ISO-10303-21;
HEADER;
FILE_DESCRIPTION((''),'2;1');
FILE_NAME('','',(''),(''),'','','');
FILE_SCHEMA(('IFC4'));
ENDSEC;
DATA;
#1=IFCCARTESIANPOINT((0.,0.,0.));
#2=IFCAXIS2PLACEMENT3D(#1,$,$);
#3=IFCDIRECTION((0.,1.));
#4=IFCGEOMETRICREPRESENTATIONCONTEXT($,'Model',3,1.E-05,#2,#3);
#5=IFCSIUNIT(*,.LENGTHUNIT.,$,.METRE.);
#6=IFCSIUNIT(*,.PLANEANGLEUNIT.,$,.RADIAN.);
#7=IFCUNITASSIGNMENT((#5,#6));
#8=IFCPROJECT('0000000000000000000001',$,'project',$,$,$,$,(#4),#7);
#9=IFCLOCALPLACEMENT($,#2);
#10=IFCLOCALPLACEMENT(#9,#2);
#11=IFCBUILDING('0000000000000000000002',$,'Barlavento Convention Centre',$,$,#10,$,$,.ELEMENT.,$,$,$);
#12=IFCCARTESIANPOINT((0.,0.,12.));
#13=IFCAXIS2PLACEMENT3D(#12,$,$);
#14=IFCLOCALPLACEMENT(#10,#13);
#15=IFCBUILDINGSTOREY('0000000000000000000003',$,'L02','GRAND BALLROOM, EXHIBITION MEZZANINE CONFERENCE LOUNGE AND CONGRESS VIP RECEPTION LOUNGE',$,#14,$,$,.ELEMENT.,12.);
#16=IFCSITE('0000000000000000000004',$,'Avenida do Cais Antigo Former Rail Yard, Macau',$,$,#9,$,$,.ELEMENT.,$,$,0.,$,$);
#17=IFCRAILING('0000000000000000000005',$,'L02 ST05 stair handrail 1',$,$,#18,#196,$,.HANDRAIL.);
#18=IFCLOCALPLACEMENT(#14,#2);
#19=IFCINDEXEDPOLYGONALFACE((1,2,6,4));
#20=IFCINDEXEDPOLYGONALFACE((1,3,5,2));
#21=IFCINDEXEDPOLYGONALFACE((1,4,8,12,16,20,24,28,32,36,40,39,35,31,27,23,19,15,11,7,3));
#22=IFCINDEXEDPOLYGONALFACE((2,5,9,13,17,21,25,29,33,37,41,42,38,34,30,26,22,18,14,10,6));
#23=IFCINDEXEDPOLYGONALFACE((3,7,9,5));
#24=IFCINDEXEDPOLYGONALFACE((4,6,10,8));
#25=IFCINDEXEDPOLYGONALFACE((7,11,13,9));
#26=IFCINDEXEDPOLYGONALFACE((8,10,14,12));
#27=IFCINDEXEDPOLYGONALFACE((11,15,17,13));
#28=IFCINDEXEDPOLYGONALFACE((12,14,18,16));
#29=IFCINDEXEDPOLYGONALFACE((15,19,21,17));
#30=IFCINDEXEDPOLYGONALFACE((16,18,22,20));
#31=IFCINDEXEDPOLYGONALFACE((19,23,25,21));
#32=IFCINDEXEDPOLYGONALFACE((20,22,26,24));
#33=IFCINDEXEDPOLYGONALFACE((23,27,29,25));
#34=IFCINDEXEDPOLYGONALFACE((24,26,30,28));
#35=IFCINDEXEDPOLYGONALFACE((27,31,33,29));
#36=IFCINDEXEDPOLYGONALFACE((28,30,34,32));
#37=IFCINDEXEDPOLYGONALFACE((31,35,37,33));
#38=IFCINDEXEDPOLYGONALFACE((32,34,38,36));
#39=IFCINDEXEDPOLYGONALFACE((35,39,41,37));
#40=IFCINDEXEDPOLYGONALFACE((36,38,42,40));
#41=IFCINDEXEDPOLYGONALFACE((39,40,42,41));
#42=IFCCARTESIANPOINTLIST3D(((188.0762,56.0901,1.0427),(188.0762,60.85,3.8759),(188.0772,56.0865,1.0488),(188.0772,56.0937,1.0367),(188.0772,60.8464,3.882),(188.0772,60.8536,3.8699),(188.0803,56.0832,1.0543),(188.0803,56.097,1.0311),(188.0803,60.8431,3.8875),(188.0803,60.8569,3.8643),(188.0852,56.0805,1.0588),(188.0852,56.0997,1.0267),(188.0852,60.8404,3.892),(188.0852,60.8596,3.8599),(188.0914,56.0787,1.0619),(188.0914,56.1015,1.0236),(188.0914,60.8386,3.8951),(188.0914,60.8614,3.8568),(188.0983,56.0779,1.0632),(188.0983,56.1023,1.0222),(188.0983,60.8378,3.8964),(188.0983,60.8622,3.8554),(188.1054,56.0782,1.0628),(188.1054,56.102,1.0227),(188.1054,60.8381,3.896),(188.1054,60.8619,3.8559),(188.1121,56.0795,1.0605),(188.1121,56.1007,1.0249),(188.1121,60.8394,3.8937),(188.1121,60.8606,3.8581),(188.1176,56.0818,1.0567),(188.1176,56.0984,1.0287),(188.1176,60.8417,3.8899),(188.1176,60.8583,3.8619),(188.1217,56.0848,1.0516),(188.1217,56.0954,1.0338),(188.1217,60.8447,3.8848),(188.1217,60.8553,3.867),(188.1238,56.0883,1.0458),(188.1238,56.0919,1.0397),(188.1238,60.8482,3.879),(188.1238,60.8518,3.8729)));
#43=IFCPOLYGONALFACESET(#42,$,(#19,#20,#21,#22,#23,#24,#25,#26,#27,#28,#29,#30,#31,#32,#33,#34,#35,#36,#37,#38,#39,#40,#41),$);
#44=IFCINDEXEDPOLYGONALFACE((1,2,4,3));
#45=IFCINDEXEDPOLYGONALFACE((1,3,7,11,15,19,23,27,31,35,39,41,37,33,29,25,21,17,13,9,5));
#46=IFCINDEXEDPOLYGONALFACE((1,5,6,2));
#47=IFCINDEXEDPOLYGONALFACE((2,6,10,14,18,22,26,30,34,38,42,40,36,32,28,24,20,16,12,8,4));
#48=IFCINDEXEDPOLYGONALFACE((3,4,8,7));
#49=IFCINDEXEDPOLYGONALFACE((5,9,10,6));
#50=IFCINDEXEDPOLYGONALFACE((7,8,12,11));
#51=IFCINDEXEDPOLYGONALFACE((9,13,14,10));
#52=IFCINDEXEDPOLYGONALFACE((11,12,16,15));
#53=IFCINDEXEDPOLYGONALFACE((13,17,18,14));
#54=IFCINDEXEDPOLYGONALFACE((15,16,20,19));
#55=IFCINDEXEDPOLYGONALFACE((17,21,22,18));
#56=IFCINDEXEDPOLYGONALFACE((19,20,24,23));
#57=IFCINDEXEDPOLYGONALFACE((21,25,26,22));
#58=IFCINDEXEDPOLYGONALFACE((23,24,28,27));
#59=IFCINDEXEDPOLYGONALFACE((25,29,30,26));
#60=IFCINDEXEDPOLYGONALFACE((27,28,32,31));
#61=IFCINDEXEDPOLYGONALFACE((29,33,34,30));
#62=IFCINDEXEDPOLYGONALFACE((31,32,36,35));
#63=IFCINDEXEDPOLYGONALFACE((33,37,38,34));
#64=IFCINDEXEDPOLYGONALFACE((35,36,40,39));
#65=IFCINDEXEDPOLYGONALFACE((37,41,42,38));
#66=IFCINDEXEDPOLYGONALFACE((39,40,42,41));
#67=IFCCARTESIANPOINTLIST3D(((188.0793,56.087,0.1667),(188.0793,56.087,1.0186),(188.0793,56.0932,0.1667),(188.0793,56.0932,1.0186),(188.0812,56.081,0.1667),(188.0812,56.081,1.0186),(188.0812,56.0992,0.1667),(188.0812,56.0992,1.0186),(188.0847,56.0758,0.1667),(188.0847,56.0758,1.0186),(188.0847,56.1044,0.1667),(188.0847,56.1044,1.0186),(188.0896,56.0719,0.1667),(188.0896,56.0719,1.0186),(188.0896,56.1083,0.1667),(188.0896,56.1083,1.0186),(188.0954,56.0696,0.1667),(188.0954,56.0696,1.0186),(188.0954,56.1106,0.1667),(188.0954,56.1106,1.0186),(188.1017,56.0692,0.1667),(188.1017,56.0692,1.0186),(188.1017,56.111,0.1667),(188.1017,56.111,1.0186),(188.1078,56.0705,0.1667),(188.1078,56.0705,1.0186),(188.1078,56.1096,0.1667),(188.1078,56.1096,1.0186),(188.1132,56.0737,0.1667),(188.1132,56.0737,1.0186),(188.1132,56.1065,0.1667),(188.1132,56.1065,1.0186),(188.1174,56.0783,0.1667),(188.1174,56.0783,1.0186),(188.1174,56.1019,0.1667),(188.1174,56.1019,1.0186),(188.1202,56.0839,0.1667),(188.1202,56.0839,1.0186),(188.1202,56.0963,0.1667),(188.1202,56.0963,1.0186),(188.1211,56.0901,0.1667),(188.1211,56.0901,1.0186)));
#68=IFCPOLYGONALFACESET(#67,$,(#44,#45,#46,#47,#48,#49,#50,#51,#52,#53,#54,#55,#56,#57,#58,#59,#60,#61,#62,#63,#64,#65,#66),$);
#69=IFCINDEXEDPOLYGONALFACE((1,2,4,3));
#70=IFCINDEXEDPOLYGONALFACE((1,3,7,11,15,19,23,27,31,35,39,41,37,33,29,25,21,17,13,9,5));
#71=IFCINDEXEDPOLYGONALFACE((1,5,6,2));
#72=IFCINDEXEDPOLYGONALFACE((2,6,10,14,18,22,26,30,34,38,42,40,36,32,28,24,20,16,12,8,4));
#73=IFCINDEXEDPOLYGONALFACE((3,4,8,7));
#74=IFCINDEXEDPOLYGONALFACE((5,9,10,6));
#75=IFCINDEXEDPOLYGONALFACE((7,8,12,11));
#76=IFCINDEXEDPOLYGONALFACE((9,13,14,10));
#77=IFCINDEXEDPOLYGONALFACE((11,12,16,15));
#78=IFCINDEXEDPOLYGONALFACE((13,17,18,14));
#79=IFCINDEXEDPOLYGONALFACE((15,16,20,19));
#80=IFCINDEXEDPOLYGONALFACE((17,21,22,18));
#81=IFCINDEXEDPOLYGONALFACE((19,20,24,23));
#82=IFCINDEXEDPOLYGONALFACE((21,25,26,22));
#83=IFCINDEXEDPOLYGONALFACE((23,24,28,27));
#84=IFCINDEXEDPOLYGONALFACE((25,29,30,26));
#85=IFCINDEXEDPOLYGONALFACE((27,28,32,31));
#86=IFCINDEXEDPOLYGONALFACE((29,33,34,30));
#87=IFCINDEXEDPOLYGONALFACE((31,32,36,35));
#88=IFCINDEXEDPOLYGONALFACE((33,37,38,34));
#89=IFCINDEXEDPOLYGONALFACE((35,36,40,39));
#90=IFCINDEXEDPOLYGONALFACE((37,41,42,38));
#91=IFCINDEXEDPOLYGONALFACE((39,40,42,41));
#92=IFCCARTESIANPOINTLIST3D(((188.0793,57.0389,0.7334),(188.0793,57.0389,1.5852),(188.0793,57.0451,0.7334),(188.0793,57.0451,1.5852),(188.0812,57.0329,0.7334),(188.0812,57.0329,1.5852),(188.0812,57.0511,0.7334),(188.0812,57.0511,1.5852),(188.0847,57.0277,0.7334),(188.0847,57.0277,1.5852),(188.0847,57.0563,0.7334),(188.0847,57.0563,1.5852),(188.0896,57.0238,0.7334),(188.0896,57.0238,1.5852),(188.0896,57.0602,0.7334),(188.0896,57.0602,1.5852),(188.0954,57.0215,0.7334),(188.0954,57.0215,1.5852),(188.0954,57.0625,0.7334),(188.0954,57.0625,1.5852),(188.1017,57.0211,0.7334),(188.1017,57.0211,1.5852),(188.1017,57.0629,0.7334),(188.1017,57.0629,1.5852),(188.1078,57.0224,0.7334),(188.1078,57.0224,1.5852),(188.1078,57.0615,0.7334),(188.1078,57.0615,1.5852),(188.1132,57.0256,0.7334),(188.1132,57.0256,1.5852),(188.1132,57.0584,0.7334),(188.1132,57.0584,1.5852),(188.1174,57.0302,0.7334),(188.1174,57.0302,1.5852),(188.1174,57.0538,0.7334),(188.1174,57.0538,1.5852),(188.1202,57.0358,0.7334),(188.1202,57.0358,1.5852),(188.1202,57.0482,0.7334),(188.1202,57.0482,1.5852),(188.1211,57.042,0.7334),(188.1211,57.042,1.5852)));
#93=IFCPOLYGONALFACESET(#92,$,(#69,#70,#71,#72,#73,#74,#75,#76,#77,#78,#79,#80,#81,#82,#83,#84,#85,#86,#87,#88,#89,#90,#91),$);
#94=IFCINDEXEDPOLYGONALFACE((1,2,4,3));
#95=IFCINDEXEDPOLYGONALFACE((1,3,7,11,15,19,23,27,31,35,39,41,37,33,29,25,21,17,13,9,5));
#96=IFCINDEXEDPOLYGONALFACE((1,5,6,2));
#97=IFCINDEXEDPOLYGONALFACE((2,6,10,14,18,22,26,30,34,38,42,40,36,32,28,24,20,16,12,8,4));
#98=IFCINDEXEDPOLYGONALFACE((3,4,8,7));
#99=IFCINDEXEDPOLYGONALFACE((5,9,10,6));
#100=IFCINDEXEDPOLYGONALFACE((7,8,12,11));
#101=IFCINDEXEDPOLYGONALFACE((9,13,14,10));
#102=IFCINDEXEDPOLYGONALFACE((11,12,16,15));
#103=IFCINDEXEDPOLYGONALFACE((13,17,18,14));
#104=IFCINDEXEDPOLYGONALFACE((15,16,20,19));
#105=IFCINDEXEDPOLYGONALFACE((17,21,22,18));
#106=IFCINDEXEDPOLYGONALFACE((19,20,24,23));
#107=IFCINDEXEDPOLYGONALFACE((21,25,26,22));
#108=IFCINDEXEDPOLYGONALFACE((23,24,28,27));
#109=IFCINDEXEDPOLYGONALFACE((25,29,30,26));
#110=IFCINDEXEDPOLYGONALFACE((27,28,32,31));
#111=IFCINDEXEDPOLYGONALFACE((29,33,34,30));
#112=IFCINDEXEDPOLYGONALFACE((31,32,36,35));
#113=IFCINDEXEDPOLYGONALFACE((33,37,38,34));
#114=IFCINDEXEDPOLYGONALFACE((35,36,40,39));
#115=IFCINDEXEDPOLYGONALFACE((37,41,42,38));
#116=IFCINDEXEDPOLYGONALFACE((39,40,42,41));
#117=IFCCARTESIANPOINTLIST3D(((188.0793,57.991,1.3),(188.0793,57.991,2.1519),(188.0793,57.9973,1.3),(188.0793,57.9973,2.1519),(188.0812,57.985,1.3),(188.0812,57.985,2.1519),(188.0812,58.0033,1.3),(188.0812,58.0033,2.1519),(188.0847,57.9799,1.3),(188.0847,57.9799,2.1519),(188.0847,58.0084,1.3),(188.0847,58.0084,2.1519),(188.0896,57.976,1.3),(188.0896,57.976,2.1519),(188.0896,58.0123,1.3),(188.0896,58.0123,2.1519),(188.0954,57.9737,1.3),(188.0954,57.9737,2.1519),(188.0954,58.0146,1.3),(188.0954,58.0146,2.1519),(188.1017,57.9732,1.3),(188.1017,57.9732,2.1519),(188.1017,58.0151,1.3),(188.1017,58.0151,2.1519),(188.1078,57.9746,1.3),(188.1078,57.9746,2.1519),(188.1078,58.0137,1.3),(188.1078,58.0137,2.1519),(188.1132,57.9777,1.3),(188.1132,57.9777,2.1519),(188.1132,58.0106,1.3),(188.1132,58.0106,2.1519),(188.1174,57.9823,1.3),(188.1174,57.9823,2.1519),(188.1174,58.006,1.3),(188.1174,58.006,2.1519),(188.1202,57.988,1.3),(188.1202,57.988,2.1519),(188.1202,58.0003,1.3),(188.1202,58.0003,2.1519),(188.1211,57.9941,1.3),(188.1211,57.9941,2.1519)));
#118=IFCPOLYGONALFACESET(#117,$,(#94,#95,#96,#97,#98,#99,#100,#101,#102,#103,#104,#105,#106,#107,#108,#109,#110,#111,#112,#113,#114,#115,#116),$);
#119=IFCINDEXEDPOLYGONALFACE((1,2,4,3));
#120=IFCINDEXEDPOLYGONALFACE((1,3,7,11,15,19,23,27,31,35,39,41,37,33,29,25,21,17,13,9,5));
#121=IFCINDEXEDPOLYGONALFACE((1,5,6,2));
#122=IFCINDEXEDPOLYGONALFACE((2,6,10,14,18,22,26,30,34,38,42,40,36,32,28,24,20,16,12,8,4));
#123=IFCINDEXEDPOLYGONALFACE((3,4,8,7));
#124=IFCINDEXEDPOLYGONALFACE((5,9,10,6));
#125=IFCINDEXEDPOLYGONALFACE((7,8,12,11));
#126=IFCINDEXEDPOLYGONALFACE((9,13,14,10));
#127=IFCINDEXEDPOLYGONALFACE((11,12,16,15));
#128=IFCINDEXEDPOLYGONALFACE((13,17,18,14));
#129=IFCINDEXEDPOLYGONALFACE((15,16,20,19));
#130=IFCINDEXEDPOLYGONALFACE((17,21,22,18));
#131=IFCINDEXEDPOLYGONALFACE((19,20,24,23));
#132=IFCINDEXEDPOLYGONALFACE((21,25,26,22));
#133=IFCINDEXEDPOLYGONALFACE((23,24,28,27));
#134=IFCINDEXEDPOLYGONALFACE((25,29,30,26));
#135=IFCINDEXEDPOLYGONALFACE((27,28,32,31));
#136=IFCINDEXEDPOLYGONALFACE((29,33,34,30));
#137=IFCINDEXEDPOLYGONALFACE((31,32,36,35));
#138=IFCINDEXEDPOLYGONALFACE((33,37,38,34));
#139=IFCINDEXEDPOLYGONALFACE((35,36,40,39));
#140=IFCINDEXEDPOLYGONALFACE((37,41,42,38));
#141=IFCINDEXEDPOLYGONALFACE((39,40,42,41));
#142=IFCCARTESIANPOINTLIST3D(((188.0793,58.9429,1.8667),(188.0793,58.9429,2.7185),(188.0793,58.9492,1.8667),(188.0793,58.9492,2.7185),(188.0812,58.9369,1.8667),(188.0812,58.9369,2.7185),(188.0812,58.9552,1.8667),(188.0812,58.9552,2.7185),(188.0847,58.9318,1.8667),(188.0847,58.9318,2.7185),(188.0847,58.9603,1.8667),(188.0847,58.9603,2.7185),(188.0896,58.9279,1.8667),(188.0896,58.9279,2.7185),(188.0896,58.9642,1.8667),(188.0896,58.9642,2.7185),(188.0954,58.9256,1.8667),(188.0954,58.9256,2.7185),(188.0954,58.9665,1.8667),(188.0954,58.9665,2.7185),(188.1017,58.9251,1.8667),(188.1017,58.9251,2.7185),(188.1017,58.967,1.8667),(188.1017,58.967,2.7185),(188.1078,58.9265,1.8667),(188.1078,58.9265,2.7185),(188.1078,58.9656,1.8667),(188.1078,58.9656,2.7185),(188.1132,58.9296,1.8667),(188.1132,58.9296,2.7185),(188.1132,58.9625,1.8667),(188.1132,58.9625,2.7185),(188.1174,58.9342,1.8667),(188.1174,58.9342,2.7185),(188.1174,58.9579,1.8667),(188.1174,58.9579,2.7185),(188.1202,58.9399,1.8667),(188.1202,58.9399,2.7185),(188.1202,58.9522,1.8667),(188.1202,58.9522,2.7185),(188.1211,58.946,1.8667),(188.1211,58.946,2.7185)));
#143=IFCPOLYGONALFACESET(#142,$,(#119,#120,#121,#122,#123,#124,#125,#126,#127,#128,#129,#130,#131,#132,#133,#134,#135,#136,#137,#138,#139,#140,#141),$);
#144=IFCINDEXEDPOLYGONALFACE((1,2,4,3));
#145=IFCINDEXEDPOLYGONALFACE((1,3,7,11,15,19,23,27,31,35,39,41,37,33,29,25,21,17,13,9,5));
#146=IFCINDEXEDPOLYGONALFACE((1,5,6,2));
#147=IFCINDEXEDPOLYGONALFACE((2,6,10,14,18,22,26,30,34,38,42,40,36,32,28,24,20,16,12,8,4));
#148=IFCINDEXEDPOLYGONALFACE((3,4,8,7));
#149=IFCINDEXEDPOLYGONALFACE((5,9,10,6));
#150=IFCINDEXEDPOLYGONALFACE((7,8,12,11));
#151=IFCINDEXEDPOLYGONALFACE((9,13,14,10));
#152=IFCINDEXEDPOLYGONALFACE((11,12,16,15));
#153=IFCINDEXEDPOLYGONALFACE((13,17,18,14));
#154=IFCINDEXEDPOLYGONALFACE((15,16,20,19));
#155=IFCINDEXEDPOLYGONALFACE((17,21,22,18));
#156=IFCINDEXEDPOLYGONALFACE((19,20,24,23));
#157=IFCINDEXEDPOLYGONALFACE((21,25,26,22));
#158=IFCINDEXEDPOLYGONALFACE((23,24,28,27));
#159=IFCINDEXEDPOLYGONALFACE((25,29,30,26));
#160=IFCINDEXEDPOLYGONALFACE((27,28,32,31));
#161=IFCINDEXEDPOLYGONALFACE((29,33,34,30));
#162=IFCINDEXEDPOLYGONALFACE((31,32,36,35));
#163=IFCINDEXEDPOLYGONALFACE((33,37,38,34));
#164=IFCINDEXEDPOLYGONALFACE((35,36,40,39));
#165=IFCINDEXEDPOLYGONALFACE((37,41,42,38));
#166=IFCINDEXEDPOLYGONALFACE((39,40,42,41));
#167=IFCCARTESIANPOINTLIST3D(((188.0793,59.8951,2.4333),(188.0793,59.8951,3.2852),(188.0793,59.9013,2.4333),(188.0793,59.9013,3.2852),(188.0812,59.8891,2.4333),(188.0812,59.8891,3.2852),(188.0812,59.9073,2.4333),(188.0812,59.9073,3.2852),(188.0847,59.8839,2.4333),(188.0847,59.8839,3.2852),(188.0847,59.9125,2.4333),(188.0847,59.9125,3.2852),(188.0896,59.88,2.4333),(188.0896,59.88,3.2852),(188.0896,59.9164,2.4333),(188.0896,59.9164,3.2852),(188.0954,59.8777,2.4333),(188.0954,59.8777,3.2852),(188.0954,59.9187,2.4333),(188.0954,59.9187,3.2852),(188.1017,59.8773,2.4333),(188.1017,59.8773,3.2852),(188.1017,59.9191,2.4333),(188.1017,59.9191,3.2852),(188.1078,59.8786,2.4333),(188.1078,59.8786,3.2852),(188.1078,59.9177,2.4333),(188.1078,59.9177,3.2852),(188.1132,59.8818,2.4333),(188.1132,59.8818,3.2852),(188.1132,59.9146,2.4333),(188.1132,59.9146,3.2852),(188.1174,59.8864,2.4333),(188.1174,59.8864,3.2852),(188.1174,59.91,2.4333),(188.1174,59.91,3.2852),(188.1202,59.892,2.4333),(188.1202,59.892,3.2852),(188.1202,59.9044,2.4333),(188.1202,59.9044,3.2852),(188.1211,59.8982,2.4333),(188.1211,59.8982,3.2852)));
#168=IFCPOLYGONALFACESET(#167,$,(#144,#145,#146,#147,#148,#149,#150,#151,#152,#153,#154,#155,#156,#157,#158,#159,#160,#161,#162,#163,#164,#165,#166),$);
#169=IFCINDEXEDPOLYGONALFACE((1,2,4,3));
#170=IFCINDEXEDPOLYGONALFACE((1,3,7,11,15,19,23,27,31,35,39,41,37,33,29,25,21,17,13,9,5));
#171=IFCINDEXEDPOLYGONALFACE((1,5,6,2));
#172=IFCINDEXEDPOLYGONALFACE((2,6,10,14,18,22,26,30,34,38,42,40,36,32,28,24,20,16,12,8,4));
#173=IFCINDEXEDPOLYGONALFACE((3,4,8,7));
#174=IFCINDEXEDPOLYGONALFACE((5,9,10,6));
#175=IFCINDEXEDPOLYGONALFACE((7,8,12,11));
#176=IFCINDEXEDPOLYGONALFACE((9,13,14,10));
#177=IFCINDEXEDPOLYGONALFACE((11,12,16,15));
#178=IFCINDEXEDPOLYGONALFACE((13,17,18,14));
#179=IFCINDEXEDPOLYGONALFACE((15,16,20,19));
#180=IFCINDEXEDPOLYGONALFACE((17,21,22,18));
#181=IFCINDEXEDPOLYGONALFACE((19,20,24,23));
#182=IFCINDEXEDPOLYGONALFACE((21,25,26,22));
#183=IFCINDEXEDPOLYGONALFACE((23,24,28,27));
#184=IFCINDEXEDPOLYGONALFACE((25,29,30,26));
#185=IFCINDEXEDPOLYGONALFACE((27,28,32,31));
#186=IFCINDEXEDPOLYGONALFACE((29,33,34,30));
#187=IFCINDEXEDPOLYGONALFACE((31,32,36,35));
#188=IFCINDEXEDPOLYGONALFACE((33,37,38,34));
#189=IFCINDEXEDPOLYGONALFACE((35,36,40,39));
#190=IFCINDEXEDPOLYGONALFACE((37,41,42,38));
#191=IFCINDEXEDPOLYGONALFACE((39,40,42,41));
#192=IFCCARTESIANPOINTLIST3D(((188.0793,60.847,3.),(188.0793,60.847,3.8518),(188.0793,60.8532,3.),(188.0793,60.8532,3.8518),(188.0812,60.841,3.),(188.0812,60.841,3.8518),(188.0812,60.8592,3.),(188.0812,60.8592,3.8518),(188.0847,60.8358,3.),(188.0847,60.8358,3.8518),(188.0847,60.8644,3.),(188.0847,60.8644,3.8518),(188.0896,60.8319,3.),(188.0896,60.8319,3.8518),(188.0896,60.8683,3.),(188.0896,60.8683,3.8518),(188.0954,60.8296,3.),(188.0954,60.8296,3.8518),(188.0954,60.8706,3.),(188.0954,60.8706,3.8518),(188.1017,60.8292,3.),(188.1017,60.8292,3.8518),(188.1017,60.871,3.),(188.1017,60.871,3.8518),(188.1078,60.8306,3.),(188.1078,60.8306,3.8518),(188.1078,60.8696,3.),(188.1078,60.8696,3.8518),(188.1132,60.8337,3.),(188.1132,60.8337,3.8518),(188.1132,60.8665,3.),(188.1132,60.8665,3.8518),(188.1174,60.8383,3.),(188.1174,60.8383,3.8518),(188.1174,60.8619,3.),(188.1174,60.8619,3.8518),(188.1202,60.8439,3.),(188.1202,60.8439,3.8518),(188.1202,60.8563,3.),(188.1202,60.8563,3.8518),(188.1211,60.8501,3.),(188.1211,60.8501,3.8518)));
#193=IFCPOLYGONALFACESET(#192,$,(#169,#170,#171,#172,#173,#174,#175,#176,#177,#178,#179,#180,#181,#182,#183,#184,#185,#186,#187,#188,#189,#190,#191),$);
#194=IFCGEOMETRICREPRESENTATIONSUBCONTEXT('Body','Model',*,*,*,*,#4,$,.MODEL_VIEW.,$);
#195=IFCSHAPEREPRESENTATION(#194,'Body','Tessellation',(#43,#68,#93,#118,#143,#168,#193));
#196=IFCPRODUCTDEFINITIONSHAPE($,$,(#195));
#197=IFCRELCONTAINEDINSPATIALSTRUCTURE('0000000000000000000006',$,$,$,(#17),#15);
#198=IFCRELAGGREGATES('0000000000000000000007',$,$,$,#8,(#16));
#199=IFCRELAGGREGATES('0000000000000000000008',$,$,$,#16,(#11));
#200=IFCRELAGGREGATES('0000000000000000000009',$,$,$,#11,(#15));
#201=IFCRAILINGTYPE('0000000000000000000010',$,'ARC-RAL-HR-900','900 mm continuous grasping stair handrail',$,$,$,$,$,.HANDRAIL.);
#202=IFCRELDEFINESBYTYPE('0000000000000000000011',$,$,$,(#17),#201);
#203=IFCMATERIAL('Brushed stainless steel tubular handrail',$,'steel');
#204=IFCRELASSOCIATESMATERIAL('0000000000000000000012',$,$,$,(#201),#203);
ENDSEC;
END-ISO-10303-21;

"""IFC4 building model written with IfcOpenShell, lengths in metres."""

from ifc_helpers import new_model, si_unit, direction, frame, origin, origin_2d, place, context, subcontext, project, spatial, circle, extrude, material, type_object, element, save


model = new_model("IFC4")

# Units and contexts
model_context = context("Model", 3, precision=1e-05, world=origin(), true_north=direction((0.0, 1.0)))
body_context = subcontext(model_context, "Body", "Model", "MODEL_VIEW")
ifc_project = project(units=[si_unit("LENGTHUNIT", "METRE"), si_unit("PLANEANGLEUNIT", "RADIAN")], contexts=[model_context])

# Site, building, storey
site_placement = place(None, origin())
site = spatial("IfcSite", under=ifc_project, at=site_placement, Name="Avenida do Cais Antigo Former Rail Yard, Macau", CompositionType="ELEMENT", RefElevation=0.0)
building_placement = place(site_placement, origin())
building = spatial("IfcBuilding", under=site, at=building_placement, Name="Barlavento Convention Centre", CompositionType="ELEMENT")
storey_placement = place(building_placement, frame((0.0, 0.0, 12.0)))
storey = spatial("IfcBuildingStorey", under=building, at=storey_placement, Name="L02", Description="GRAND BALLROOM, EXHIBITION MEZZANINE CONFERENCE LOUNGE AND CONGRESS VIP RECEPTION LOUNGE", CompositionType="ELEMENT", Elevation=12.0)

# Railing
ifc_material_1 = material(Name="Brushed stainless steel tubular handrail", Category="steel")
railing_type_1 = type_object("IfcRailingType", Name="ARC-RAL-HR-900", Description="900 mm continuous grasping stair handrail", PredefinedType="HANDRAIL", material=ifc_material_1)
railing_1_placement = place(storey_placement, frame((188.1001, 56.0901, 0.1667)))
element("IfcRailing", 1, at=railing_1_placement, inside=storey, type_object=railing_type_1, Name="L02 ST05 stair handrail 1", PredefinedType="HANDRAIL", context=body_context, shape_type="SweptSolid", body=[
    extrude(circle(Radius=0.0239, at=origin_2d()), frame((0.0, 0.0, 0.876), z_axis=(0.0, 0.8593, 0.511472), x_axis=(-1.0, 0.0, 0.0)), (0.0, 0.0, 1.0), 5.5393),
    extrude(circle(Radius=0.021, at=origin_2d()), origin(), (0.0, 0.0, 1.0), 0.8518),
    extrude(circle(Radius=0.021, at=origin_2d()), frame((0.0, 0.9519, 0.5667)), (0.0, 0.0, 1.0), 0.8518),
    extrude(circle(Radius=0.021, at=origin_2d()), frame((0.0, 1.9041, 1.1333)), (0.0, 0.0, 1.0), 0.8518),
    extrude(circle(Radius=0.021, at=origin_2d()), frame((0.0, 2.856, 1.7)), (0.0, 0.0, 1.0), 0.8518),
    extrude(circle(Radius=0.021, at=origin_2d()), frame((0.0, 3.8081, 2.2666)), (0.0, 0.0, 1.0), 0.8518),
    extrude(circle(Radius=0.021, at=origin_2d()), frame((0.0, 4.76, 2.8333)), (0.0, 0.0, 1.0), 0.8518),
])

save(model, "model.ifc")
